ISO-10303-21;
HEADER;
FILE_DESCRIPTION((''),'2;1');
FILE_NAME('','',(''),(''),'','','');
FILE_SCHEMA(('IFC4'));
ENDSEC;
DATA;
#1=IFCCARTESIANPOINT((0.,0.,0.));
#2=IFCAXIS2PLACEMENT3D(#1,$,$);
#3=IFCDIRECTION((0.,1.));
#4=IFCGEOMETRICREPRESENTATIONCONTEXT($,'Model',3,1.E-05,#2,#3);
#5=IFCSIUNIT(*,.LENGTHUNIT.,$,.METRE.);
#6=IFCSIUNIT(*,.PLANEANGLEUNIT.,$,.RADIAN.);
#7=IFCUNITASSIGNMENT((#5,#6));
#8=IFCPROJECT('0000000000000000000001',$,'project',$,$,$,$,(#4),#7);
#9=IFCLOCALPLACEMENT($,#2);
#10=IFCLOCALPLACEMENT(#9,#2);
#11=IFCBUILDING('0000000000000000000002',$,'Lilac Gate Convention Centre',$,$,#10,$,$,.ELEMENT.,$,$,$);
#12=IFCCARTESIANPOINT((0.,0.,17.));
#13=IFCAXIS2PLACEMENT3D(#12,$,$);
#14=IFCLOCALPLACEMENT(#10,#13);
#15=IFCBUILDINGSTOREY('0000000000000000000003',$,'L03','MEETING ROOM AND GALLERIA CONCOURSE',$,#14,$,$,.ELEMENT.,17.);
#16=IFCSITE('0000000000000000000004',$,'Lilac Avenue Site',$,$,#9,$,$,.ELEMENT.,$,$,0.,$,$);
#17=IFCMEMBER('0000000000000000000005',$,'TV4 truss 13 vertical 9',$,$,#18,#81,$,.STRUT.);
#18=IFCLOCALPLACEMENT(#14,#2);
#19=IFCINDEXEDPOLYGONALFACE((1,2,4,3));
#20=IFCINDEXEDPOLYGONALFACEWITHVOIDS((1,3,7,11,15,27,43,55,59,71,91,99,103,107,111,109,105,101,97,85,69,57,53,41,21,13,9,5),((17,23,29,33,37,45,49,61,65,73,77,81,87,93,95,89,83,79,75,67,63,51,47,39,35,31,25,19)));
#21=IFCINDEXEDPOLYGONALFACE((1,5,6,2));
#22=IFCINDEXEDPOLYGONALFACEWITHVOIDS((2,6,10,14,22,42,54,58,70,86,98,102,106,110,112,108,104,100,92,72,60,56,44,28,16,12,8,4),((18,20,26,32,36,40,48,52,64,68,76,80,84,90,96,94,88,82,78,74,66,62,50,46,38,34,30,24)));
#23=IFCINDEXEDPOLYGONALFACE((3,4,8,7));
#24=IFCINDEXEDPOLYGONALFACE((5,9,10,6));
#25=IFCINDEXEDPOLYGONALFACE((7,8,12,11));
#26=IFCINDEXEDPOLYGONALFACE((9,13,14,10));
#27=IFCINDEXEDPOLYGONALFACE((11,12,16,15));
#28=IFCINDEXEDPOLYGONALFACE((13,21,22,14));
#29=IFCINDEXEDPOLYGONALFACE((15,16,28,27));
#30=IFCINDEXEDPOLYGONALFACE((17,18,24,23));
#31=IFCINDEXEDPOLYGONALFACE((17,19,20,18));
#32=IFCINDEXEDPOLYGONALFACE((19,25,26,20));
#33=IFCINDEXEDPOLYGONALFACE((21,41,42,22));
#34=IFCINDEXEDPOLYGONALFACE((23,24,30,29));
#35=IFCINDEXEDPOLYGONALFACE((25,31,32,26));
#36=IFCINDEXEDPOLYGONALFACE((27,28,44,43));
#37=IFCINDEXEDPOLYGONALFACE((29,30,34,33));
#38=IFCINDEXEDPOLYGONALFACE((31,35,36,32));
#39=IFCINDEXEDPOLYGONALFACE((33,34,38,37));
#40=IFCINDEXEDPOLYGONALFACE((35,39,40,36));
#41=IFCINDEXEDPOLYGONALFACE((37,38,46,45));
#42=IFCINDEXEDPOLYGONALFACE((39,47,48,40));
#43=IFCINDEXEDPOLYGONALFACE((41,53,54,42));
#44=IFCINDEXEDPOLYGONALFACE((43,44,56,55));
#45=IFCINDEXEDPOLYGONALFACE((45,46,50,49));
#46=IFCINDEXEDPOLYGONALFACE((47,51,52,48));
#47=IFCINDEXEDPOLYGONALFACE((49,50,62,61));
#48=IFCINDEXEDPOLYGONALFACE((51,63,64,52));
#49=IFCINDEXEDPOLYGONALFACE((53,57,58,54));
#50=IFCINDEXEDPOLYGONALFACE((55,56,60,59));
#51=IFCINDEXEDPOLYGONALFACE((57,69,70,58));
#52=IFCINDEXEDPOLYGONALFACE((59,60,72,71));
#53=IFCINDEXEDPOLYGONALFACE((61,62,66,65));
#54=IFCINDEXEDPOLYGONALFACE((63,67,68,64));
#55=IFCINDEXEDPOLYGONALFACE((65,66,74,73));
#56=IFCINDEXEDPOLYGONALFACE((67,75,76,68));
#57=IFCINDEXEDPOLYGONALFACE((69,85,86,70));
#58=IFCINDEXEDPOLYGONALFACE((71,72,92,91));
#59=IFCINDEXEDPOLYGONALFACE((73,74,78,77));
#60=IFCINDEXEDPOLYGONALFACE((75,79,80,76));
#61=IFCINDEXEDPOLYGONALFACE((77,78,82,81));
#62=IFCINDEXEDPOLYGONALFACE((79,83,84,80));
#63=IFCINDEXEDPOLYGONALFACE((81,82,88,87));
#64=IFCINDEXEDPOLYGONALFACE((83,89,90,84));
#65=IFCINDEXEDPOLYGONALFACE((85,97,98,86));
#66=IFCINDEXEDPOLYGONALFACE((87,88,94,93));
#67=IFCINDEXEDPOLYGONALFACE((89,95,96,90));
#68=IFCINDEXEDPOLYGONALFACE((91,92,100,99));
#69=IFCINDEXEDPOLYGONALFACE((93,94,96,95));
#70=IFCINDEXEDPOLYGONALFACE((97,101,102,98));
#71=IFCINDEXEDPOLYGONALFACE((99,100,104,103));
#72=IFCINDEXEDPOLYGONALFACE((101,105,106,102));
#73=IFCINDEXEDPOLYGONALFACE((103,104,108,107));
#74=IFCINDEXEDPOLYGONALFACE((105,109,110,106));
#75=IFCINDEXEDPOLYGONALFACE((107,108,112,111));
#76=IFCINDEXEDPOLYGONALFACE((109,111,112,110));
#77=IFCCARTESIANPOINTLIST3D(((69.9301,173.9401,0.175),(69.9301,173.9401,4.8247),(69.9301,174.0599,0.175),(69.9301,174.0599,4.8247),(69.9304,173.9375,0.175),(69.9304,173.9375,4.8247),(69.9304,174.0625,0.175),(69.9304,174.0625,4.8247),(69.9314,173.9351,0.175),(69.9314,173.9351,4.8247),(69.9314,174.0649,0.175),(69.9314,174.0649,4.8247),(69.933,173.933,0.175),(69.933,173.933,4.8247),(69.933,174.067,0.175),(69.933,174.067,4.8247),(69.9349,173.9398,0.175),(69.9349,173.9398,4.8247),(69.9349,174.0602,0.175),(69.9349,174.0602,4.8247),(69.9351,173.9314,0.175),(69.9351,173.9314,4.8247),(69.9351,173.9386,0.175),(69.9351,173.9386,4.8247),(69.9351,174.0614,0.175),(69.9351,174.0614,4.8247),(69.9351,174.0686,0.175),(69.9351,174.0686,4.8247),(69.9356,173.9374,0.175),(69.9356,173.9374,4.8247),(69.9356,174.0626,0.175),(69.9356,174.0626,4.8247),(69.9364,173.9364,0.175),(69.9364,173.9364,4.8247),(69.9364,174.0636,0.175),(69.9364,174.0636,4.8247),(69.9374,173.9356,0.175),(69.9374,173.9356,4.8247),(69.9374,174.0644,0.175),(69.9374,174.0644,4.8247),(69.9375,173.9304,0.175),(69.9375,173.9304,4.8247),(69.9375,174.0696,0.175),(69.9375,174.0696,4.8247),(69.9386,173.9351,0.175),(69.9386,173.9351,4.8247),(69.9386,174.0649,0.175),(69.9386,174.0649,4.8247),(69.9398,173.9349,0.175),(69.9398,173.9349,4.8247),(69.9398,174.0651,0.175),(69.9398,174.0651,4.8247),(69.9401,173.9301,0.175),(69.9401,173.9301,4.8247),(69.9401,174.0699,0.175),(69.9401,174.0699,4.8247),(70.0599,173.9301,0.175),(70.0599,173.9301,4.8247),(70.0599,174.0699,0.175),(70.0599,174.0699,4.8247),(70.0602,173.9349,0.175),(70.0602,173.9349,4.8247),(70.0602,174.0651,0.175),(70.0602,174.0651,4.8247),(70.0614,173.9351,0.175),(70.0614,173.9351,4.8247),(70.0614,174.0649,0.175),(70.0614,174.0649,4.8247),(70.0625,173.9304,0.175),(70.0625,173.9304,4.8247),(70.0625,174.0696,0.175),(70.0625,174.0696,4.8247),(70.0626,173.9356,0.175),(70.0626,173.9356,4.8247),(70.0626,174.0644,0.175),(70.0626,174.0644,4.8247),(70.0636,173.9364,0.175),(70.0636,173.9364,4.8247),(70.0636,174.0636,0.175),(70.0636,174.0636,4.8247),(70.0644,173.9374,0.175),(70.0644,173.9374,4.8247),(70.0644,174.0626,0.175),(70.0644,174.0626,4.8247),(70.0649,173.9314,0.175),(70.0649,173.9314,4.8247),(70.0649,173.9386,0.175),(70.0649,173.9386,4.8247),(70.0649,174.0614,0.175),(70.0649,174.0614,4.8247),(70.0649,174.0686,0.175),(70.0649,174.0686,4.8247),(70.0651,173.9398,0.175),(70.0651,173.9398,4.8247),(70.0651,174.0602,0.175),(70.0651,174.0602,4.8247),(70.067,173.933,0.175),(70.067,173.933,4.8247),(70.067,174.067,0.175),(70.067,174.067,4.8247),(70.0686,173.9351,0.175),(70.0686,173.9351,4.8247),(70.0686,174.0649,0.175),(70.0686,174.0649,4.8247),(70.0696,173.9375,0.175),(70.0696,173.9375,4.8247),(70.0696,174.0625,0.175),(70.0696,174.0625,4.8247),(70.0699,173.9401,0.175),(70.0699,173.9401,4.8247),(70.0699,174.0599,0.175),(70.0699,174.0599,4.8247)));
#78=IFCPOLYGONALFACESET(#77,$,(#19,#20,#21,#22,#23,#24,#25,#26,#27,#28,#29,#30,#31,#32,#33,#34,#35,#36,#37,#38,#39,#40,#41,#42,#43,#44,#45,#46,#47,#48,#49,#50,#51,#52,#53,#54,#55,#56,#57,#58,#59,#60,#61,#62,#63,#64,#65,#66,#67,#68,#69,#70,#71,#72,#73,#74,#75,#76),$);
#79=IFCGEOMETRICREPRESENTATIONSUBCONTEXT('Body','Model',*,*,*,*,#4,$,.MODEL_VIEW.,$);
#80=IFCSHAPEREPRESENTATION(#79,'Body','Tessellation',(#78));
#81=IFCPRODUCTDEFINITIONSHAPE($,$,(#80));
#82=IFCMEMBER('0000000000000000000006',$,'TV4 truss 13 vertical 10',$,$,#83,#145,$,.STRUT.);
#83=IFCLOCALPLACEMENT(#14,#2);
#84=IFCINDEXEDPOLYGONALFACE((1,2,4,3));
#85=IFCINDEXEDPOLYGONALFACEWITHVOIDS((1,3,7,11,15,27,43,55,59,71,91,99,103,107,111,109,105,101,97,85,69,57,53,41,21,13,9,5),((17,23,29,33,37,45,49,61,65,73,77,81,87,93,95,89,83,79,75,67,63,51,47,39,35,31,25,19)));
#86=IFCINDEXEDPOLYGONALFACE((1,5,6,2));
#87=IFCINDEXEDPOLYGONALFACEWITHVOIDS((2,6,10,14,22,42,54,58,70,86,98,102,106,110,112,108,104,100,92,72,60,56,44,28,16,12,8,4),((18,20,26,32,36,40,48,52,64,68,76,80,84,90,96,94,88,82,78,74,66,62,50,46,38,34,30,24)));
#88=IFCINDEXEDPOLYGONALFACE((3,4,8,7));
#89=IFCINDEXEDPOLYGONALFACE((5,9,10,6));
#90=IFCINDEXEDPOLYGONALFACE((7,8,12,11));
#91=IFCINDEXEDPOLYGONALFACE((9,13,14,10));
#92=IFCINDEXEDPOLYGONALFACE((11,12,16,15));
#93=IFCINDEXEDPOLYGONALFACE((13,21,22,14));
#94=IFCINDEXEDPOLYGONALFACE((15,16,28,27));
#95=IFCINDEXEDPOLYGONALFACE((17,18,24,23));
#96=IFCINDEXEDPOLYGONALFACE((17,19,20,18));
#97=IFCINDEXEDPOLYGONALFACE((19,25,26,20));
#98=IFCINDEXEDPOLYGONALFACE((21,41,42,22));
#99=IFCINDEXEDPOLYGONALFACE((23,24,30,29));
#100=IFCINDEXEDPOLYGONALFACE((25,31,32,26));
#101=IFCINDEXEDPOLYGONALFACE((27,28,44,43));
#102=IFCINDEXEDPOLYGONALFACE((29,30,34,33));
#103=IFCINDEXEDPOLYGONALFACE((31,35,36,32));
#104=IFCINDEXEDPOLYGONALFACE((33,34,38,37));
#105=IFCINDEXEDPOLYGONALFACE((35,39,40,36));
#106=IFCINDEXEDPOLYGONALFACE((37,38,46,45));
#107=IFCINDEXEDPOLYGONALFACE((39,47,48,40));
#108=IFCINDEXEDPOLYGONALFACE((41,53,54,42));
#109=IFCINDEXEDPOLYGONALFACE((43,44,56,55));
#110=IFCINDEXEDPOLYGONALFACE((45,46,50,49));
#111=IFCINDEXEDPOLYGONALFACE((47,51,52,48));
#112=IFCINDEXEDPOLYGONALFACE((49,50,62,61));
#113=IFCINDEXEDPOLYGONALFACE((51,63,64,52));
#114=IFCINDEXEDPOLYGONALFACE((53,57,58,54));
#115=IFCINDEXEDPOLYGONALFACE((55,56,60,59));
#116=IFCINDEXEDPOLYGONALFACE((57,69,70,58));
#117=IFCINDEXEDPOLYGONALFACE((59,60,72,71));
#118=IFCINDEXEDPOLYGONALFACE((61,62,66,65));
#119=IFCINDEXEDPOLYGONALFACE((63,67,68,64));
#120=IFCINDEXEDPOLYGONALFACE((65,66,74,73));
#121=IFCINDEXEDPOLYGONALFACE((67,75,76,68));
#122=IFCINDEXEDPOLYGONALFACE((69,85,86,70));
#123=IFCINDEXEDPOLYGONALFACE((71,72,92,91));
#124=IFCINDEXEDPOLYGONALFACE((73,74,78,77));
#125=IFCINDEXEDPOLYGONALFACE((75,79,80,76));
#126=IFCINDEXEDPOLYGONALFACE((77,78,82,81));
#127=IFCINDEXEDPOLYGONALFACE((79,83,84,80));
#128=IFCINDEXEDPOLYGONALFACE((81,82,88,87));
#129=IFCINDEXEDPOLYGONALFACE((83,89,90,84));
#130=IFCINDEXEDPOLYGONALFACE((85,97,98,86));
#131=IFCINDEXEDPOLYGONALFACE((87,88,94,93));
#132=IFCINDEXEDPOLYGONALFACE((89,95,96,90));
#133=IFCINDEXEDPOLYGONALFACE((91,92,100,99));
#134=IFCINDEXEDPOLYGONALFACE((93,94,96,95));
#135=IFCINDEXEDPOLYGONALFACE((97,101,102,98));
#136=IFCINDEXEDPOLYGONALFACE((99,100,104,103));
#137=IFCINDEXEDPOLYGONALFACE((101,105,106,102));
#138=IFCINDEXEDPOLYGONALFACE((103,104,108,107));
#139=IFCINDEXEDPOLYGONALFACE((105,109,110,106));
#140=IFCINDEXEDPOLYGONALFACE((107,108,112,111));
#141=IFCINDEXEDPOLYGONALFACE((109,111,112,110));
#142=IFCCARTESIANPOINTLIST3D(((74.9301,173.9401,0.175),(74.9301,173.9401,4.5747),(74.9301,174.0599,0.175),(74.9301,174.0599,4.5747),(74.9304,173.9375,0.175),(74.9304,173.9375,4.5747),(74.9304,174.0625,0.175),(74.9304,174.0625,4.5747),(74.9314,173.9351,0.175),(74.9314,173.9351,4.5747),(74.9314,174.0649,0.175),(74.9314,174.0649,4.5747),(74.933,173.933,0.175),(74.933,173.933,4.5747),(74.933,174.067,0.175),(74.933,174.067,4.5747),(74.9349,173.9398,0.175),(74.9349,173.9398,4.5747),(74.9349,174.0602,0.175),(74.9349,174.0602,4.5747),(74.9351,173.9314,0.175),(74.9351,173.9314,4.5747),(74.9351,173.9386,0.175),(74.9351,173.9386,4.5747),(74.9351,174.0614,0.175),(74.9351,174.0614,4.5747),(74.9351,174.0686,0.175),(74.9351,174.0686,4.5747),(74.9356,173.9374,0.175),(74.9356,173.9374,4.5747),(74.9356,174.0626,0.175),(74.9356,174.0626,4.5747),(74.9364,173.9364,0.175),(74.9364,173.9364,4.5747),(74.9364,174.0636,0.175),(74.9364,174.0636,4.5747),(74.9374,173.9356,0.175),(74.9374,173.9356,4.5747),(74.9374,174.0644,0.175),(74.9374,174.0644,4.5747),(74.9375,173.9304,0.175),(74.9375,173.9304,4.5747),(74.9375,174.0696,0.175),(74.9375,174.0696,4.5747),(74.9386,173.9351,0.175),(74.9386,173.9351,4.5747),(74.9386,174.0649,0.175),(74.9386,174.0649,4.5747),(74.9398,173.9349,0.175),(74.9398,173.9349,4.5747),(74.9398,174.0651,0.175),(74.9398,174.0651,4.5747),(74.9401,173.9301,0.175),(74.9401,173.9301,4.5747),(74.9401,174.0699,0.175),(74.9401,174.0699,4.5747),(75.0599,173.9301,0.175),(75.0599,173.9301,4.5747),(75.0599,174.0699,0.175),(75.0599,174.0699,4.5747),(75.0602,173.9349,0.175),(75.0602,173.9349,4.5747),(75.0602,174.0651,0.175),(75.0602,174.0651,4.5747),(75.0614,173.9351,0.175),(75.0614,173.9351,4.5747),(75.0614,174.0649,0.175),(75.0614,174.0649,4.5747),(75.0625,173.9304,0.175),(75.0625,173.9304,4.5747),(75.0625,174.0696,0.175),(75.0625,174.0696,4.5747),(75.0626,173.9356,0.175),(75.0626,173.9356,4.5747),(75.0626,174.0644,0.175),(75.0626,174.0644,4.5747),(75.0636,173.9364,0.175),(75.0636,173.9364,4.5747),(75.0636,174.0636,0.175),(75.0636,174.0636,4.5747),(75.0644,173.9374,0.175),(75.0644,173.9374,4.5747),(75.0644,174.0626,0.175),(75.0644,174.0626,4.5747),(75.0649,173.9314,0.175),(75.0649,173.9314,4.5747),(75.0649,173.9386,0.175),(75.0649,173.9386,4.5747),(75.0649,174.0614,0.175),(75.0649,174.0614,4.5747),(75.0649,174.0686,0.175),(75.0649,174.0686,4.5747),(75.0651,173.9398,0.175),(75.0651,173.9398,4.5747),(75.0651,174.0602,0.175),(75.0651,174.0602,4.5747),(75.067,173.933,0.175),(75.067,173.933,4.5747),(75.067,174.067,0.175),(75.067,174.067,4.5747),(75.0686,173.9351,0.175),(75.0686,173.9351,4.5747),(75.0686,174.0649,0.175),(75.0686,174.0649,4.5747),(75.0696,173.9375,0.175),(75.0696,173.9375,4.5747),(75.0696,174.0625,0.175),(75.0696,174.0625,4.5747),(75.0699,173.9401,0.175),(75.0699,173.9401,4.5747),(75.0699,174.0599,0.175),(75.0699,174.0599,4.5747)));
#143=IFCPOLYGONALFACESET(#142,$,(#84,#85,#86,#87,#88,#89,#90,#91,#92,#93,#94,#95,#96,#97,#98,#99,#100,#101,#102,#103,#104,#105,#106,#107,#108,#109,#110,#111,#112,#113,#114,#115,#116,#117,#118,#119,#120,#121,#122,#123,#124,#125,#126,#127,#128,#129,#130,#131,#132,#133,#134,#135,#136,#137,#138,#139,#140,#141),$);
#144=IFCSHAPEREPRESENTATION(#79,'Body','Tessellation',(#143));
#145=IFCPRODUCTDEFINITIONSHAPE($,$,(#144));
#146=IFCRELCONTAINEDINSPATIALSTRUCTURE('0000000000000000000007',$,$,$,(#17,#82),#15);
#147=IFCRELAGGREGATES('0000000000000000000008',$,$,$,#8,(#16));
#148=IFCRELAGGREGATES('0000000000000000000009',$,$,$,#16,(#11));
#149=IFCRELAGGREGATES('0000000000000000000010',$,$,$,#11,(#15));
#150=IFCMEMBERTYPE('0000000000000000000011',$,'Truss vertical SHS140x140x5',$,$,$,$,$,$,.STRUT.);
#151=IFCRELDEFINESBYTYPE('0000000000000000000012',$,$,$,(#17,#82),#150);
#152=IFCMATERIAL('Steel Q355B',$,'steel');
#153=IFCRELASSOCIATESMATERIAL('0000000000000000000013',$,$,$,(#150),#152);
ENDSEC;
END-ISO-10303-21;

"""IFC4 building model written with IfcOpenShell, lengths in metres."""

from ifc_helpers import new_model, si_unit, direction, frame, origin, origin_2d, place, context, subcontext, project, spatial, hollow_rectangle, extrude, material, material_profile, profile_set, type_object, element, save


model = new_model("IFC4")

# Units and contexts
model_context = context("Model", 3, precision=1e-05, world=origin(), true_north=direction((0.0, 1.0)))
body_context = subcontext(model_context, "Body", "Model", "MODEL_VIEW")
ifc_project = project(units=[si_unit("LENGTHUNIT", "METRE"), si_unit("PLANEANGLEUNIT", "RADIAN")], contexts=[model_context])

# Site, building, storey
site_placement = place(None, origin())
site = spatial("IfcSite", under=ifc_project, at=site_placement, Name="Lilac Avenue Site", CompositionType="ELEMENT", RefElevation=0.0)
building_placement = place(site_placement, origin())
building = spatial("IfcBuilding", under=site, at=building_placement, Name="Lilac Gate Convention Centre", CompositionType="ELEMENT")
storey_placement = place(building_placement, frame((0.0, 0.0, 17.0)))
storey = spatial("IfcBuildingStorey", under=building, at=storey_placement, Name="L03", Description="MEETING ROOM AND GALLERIA CONCOURSE", CompositionType="ELEMENT", Elevation=17.0)

# Members
ifc_material = material(Name="Steel Q355B", Category="steel")
ifc_material_profile_1 = material_profile(ifc_material, hollow_rectangle(XDim=0.1399, YDim=0.1399, WallThickness=0.0049, InnerFilletRadius=0.0049, OuterFilletRadius=0.01, at=origin_2d()), Name="SHS140x140x5")
ifc_profile_set_1 = profile_set([ifc_material_profile_1], Name="Steel Q355B")
member_type_1 = type_object("IfcMemberType", Name="Truss vertical SHS140x140x5", PredefinedType="STRUT", material=ifc_profile_set_1)
member_1_placement = place(storey_placement, frame((70.0, 174.0, 0.175), z_axis=(0.0, 0.0, 1.0), x_axis=(1.0, 0.0, 0.0)))
element("IfcMember", 1, at=member_1_placement, inside=storey, type_object=member_type_1, Name="TV4 truss 13 vertical 9", PredefinedType="STRUT", context=body_context, shape_type="SweptSolid", body=[
    extrude(hollow_rectangle(XDim=0.1399, YDim=0.1399, WallThickness=0.0049, InnerFilletRadius=0.0049, OuterFilletRadius=0.01, at=origin_2d()), origin(), (0.0, 0.0, 1.0), 4.6497),
])
member_2_placement = place(storey_placement, frame((75.0, 174.0, 0.175), z_axis=(0.0, 0.0, 1.0), x_axis=(1.0, 0.0, 0.0)))
element("IfcMember", 2, at=member_2_placement, inside=storey, type_object=member_type_1, Name="TV4 truss 13 vertical 10", PredefinedType="STRUT", context=body_context, shape_type="SweptSolid", body=[
    extrude(hollow_rectangle(XDim=0.1399, YDim=0.1399, WallThickness=0.0049, InnerFilletRadius=0.0049, OuterFilletRadius=0.01, at=origin_2d()), origin(), (0.0, 0.0, 1.0), 4.3997),
])

save(model, "model.ifc")
